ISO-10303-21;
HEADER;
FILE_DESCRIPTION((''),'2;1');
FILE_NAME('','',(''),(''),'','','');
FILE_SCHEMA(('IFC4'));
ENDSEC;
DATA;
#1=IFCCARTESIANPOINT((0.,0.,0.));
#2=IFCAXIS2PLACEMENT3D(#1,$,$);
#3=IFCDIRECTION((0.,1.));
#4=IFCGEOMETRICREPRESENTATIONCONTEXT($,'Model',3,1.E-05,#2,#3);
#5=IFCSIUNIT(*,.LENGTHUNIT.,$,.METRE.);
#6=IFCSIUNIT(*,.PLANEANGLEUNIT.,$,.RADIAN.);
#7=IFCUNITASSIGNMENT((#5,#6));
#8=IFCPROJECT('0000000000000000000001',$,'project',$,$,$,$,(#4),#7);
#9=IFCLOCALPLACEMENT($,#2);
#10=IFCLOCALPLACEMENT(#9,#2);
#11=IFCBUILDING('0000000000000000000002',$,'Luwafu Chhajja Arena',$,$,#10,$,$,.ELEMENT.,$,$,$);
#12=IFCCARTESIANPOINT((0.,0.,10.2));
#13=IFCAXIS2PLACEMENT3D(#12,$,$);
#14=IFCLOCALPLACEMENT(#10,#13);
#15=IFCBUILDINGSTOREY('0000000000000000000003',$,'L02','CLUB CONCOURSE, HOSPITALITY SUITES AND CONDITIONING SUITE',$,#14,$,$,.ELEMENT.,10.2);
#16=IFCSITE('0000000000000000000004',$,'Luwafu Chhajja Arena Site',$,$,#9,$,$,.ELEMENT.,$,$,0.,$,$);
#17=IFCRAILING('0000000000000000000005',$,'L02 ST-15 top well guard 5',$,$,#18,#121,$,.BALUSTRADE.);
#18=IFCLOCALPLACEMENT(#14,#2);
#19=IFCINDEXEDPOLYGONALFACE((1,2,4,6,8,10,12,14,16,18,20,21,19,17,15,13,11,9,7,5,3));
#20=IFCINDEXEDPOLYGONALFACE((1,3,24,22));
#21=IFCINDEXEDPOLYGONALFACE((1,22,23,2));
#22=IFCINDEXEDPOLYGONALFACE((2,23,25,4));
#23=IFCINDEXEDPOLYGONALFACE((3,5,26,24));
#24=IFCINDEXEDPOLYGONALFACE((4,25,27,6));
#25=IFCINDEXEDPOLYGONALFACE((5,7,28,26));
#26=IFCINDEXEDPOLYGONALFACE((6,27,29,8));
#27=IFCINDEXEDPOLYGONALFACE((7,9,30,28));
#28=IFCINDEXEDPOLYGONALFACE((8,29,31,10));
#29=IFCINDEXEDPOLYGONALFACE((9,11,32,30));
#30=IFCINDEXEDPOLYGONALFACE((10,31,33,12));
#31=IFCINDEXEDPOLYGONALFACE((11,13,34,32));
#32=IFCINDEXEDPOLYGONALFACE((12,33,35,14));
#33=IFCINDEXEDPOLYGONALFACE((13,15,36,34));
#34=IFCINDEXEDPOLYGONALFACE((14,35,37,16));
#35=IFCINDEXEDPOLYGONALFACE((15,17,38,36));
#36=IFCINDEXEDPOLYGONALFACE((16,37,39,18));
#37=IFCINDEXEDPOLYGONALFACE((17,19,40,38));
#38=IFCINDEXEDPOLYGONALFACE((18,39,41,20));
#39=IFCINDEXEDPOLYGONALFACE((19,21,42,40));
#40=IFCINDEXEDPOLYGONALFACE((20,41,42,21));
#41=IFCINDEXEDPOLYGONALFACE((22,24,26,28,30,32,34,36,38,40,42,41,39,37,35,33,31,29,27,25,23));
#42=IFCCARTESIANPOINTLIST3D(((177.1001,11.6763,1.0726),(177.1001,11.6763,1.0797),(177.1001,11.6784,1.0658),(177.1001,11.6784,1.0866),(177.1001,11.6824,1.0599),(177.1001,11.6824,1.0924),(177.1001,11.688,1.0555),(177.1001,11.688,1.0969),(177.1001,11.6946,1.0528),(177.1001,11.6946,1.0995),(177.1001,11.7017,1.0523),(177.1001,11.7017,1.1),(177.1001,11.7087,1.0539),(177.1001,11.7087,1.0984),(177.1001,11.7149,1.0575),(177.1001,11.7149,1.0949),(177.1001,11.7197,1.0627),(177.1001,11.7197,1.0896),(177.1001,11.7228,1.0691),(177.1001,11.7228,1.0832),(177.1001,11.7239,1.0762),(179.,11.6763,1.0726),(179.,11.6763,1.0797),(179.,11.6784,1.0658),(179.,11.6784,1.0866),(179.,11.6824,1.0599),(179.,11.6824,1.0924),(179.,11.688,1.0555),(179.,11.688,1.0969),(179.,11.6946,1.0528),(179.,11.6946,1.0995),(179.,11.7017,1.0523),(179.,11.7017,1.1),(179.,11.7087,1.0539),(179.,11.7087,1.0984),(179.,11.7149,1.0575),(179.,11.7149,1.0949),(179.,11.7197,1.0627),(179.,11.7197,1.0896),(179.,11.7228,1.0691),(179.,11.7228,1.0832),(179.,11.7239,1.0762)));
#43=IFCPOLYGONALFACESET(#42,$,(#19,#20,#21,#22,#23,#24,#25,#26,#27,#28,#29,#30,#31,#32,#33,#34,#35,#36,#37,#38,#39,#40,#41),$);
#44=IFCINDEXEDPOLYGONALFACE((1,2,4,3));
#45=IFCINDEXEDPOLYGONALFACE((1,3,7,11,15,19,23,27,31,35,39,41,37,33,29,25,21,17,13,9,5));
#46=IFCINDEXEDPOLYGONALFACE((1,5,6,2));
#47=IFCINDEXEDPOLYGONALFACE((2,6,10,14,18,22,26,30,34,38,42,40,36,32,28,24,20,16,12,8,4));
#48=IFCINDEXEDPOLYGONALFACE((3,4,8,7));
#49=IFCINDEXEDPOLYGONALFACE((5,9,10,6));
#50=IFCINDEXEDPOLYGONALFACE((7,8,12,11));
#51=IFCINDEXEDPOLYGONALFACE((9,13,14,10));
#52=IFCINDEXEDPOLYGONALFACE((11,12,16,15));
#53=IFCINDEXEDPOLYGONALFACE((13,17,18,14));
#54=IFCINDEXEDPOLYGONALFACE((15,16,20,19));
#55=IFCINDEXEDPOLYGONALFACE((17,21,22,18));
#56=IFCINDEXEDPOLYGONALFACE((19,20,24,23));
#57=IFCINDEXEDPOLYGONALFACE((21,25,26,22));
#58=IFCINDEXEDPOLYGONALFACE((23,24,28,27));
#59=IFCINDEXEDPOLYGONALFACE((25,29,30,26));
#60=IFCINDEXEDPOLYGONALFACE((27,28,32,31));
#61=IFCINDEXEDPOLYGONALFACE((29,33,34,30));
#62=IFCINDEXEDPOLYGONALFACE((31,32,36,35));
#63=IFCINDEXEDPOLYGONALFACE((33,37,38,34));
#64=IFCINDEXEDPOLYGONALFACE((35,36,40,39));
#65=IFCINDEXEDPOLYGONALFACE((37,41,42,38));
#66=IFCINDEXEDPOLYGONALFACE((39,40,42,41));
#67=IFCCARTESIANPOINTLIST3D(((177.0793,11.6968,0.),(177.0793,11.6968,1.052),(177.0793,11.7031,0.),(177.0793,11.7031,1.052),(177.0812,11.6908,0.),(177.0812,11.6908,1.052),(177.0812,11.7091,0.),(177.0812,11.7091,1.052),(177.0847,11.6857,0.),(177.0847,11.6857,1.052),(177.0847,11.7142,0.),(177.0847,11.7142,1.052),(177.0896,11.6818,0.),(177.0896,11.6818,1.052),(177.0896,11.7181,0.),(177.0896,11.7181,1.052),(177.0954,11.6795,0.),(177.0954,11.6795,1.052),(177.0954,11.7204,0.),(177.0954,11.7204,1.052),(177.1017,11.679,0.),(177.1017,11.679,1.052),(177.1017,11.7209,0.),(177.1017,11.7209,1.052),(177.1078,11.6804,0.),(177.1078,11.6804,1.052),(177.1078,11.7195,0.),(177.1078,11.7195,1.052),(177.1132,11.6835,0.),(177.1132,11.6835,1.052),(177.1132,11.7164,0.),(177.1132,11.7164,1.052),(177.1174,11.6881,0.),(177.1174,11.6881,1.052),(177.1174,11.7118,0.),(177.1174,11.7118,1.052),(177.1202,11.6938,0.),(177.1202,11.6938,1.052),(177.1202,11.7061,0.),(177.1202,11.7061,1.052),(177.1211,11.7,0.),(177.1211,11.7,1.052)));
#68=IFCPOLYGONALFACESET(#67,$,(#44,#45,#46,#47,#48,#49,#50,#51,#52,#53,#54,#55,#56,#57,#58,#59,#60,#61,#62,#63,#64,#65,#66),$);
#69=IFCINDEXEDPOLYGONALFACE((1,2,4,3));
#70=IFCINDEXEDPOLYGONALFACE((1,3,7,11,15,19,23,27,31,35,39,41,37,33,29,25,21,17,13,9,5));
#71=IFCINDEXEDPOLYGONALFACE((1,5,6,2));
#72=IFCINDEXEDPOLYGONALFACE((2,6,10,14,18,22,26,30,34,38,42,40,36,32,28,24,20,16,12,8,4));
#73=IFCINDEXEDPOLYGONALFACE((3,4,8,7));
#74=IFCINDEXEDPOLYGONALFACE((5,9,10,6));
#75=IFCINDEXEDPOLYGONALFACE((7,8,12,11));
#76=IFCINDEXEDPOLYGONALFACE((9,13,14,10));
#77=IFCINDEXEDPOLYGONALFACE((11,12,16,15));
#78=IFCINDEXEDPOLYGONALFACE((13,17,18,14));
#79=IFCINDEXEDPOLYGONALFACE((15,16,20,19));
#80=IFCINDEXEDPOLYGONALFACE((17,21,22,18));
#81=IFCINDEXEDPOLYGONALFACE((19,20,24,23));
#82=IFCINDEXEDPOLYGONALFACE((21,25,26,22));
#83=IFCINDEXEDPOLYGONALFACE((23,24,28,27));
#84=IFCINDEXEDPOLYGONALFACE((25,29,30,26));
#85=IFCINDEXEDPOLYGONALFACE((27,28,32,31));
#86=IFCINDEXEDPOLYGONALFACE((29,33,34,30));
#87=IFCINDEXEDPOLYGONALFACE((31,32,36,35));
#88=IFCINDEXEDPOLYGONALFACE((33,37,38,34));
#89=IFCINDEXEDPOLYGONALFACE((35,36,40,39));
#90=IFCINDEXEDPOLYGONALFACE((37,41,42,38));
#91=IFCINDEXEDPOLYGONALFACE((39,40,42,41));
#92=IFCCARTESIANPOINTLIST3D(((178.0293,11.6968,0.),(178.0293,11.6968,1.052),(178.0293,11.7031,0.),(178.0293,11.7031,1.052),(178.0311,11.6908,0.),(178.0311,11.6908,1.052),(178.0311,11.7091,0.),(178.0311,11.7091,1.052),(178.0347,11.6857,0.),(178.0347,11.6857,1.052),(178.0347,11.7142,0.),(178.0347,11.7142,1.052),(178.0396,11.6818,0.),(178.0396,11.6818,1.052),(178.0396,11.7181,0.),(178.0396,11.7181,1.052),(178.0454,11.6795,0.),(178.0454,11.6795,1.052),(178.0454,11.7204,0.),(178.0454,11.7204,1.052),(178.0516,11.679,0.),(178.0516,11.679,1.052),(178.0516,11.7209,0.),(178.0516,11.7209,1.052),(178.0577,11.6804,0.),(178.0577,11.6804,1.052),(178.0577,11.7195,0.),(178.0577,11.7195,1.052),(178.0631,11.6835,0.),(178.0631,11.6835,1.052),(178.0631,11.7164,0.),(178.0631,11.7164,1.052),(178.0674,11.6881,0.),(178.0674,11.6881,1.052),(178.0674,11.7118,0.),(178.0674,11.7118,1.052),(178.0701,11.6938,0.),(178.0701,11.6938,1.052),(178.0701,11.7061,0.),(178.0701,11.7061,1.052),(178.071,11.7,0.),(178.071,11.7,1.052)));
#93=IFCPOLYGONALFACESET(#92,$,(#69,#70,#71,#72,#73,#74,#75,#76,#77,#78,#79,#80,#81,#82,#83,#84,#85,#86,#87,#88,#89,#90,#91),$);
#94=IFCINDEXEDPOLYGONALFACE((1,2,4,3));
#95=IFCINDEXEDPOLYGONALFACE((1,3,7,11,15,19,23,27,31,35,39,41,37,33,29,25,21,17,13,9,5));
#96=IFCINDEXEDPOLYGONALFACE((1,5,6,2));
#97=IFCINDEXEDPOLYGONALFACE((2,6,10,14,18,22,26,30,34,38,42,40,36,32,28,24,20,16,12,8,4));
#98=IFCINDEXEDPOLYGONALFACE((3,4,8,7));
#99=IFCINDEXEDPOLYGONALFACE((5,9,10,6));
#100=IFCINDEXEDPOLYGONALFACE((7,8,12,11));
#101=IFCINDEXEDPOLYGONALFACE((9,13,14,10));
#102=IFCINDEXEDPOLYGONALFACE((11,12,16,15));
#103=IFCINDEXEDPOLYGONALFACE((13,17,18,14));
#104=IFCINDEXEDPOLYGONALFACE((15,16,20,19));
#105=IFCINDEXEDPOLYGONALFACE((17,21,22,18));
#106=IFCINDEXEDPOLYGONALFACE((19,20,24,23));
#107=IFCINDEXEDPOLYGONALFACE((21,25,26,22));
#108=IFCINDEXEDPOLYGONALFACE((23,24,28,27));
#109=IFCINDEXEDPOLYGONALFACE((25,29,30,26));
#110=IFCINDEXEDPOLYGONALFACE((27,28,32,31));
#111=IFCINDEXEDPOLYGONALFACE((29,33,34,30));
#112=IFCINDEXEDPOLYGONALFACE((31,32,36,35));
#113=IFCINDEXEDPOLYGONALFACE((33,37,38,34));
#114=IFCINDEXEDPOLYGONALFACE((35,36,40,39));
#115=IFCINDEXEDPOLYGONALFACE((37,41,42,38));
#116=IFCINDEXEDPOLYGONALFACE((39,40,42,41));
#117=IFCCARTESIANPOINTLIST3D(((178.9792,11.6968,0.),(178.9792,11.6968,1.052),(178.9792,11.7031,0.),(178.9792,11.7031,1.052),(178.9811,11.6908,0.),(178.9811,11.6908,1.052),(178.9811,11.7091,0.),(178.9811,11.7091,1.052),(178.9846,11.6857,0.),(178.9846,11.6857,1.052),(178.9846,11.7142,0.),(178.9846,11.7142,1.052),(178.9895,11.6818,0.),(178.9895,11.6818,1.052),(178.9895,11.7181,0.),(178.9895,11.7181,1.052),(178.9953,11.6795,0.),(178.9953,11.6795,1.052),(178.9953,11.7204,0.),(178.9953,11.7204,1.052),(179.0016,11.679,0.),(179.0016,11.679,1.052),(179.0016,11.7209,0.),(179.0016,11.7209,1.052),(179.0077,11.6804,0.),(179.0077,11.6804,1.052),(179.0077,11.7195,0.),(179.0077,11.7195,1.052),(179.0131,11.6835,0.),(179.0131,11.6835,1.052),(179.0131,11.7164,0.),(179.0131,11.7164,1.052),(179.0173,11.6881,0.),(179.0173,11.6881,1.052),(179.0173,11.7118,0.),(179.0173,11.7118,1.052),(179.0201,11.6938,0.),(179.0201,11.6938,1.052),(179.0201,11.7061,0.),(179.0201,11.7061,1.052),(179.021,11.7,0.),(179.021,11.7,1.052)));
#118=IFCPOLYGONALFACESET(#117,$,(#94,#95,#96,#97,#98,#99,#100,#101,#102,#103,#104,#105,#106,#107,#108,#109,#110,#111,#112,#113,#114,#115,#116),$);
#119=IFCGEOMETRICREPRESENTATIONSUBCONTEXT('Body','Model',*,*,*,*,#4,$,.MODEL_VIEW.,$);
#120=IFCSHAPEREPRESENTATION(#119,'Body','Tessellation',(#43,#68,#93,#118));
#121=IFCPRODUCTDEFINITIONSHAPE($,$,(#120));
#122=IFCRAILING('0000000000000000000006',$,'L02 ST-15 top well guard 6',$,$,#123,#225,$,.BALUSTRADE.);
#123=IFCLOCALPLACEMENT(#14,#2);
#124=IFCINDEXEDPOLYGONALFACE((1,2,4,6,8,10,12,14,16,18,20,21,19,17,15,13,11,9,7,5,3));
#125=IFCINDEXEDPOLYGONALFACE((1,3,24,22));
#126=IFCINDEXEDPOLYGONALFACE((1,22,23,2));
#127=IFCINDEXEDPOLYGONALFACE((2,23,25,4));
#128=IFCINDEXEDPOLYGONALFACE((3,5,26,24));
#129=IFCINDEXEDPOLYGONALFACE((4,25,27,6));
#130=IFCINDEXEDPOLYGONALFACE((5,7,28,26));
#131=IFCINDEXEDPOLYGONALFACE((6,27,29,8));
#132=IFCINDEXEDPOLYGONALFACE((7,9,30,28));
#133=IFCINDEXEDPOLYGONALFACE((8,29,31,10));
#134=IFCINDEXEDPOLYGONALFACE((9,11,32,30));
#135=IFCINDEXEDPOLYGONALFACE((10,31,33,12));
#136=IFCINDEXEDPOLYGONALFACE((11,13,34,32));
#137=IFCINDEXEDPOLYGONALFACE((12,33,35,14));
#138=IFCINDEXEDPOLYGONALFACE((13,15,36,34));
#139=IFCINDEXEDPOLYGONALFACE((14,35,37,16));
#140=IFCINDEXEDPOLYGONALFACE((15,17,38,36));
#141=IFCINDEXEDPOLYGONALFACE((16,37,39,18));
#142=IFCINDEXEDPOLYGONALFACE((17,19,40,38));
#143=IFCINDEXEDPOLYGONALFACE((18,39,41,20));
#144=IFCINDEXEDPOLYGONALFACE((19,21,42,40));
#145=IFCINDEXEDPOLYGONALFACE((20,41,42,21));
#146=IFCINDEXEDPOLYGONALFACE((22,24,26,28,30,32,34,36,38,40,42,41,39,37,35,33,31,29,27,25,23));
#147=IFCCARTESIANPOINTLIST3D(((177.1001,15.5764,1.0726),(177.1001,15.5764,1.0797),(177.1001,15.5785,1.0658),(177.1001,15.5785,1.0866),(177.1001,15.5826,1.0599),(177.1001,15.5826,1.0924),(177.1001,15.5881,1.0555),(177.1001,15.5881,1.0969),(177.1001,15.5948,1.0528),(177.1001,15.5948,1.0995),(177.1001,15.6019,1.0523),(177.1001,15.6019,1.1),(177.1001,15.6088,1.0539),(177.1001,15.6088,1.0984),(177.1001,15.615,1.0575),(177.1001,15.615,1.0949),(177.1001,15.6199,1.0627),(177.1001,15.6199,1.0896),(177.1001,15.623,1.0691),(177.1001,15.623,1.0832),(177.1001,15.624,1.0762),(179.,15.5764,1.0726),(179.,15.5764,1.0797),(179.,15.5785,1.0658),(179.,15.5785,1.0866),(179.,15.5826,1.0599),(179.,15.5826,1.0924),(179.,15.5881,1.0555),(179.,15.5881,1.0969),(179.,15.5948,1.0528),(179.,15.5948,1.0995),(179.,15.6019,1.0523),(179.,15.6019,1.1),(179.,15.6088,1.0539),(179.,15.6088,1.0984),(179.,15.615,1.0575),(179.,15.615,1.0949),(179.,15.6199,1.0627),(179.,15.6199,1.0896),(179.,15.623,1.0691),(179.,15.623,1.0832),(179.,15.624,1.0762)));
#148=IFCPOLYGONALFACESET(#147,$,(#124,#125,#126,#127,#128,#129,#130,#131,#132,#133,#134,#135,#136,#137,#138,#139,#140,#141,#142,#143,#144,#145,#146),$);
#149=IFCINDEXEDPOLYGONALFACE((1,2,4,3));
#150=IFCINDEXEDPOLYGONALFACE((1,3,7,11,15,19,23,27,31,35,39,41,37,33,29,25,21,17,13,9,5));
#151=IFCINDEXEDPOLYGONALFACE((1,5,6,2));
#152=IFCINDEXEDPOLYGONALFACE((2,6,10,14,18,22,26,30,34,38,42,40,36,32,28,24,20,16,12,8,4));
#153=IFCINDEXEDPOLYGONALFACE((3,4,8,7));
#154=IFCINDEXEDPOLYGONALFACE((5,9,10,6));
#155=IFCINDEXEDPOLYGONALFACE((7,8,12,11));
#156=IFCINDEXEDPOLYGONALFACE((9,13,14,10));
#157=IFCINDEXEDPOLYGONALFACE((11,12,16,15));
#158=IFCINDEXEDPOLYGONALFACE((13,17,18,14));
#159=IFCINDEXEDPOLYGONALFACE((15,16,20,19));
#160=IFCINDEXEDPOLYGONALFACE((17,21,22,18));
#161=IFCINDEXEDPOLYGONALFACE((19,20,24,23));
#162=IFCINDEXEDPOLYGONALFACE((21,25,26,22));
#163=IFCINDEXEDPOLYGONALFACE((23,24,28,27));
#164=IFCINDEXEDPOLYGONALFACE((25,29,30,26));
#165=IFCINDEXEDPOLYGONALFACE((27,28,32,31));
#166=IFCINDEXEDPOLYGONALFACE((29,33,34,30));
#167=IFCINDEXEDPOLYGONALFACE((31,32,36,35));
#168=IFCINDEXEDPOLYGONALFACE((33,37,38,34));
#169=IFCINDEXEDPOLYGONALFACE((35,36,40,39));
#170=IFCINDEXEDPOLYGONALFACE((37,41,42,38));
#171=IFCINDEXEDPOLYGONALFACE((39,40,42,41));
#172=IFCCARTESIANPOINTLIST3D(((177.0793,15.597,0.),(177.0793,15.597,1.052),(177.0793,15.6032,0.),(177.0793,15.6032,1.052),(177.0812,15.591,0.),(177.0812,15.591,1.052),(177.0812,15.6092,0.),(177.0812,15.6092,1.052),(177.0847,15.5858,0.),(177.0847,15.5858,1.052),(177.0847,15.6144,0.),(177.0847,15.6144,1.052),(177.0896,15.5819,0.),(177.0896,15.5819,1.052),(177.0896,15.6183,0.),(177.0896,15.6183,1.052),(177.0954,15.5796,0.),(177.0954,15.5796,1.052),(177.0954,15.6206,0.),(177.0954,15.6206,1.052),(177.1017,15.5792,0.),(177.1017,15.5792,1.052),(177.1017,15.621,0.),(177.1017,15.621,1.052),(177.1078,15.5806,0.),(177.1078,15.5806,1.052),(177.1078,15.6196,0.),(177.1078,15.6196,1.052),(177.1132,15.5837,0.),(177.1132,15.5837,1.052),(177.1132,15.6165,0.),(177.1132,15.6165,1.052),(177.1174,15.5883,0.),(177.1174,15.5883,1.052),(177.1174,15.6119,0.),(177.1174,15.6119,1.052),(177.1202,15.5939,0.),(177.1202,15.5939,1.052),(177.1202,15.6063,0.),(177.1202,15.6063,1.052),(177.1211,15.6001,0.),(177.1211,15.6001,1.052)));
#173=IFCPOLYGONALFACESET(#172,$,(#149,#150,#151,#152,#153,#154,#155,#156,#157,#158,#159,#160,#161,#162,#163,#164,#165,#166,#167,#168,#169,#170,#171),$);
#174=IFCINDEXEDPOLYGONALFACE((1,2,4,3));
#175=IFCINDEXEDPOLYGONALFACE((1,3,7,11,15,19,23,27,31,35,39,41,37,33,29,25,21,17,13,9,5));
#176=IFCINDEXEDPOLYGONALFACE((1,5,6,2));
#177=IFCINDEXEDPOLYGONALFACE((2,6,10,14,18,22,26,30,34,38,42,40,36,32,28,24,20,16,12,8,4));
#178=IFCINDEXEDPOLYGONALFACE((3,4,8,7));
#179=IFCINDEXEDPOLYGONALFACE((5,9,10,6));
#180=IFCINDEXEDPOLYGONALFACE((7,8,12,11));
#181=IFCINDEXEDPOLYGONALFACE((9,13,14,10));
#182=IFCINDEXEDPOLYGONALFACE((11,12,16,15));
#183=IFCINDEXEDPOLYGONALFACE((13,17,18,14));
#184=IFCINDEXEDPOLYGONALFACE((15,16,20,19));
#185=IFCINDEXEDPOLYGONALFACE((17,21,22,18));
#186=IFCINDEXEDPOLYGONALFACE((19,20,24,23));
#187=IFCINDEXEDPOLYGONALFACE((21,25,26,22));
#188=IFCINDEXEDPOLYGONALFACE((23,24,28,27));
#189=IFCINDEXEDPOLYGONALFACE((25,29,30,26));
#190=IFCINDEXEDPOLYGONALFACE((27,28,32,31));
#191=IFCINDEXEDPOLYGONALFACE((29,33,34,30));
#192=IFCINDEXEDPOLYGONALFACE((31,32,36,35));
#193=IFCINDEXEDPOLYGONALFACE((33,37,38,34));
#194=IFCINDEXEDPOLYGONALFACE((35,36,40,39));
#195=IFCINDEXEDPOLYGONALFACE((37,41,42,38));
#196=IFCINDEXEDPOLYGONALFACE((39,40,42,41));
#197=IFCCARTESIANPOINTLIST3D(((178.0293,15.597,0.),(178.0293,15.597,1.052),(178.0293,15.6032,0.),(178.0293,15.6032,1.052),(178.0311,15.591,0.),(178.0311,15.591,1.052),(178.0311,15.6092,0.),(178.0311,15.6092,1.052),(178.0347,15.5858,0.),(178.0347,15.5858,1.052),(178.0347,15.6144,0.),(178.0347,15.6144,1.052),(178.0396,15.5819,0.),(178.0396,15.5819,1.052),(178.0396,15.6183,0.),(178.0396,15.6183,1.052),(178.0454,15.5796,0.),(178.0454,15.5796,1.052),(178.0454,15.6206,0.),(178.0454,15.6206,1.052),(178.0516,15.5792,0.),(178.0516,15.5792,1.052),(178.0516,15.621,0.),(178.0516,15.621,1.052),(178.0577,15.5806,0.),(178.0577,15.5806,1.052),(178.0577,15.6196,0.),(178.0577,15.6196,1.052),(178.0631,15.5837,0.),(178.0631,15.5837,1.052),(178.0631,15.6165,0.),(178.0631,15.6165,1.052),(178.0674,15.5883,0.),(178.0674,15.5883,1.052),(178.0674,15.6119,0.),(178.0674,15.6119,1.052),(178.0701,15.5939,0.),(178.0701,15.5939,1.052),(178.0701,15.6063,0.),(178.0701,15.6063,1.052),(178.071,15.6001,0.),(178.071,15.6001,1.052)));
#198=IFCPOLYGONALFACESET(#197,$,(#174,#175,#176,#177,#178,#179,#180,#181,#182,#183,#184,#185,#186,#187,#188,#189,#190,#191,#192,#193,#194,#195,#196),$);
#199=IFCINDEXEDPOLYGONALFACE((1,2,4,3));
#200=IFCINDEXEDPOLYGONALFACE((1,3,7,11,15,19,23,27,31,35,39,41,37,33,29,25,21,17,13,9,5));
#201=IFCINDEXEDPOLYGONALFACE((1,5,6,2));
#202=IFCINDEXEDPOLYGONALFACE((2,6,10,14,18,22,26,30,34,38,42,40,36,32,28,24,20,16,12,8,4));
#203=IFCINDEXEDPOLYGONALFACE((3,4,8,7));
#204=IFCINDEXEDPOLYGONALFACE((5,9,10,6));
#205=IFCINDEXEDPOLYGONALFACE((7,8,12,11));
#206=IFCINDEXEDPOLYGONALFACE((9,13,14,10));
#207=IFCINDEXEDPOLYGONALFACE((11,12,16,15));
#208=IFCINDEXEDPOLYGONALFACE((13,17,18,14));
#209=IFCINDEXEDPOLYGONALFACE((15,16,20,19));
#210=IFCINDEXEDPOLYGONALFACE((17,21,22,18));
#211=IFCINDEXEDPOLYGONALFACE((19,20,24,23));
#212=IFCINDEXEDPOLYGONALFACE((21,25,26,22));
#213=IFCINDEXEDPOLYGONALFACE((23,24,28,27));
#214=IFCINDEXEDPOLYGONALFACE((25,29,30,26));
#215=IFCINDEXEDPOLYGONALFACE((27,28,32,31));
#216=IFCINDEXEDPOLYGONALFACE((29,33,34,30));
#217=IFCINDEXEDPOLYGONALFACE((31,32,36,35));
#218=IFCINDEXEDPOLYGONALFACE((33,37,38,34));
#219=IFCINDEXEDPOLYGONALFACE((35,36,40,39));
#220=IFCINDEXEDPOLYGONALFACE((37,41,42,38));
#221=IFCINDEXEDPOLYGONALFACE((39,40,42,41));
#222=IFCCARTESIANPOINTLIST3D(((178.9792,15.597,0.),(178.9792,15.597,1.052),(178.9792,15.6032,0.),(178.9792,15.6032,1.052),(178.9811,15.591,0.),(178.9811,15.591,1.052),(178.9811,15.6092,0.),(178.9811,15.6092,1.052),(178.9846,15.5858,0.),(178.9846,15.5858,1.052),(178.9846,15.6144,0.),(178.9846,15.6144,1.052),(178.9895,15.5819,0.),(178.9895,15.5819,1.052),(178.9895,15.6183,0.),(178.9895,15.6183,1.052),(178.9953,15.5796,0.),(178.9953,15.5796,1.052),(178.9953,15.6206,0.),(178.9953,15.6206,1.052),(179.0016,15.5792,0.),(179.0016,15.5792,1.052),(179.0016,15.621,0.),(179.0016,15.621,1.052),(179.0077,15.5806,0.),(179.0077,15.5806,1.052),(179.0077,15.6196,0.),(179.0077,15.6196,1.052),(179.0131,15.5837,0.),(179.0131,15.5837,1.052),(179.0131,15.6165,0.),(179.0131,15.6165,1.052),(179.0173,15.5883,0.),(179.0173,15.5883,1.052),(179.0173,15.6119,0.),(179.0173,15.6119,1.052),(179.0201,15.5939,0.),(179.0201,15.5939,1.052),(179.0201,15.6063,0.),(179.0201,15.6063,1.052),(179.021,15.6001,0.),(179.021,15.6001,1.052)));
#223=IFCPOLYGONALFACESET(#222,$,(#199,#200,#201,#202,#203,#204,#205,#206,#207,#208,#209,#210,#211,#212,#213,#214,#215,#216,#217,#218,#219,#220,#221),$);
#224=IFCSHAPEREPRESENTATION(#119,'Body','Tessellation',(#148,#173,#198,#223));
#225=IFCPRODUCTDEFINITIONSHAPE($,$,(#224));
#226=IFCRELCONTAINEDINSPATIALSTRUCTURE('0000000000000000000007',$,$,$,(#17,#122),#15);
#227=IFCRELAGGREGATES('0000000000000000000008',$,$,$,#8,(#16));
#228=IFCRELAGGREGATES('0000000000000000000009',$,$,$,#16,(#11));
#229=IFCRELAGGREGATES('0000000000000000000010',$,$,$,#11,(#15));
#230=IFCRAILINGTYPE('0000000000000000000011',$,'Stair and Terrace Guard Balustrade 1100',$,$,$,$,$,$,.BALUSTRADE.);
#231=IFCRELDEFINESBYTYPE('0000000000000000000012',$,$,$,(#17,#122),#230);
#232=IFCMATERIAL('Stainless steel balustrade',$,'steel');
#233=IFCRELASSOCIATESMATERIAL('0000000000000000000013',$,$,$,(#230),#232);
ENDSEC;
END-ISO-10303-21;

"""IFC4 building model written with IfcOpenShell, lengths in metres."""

from ifc_helpers import new_model, si_unit, direction, frame, origin, origin_2d, place, context, subcontext, project, spatial, circle, extrude, material, type_object, element, save


model = new_model("IFC4")

# Units and contexts
model_context = context("Model", 3, precision=1e-05, world=origin(), true_north=direction((0.0, 1.0)))
body_context = subcontext(model_context, "Body", "Model", "MODEL_VIEW")
ifc_project = project(units=[si_unit("LENGTHUNIT", "METRE"), si_unit("PLANEANGLEUNIT", "RADIAN")], contexts=[model_context])

# Site, building, storey
site_placement = place(None, origin())
site = spatial("IfcSite", under=ifc_project, at=site_placement, Name="Luwafu Chhajja Arena Site", CompositionType="ELEMENT", RefElevation=0.0)
building_placement = place(site_placement, origin())
building = spatial("IfcBuilding", under=site, at=building_placement, Name="Luwafu Chhajja Arena", CompositionType="ELEMENT")
storey_placement = place(building_placement, frame((0.0, 0.0, 10.2)))
storey = spatial("IfcBuildingStorey", under=building, at=storey_placement, Name="L02", Description="CLUB CONCOURSE, HOSPITALITY SUITES AND CONDITIONING SUITE", CompositionType="ELEMENT", Elevation=10.2)

# Railings
ifc_material_1 = material(Name="Stainless steel balustrade", Category="steel")
railing_type = type_object("IfcRailingType", Name="Stair and Terrace Guard Balustrade 1100", PredefinedType="BALUSTRADE", material=ifc_material_1)
for number, where, name in (
    (1, (177.1001, 11.7, 0.0), "L02 ST-15 top well guard 5"),
    (2, (177.1001, 15.6001, 0.0), "L02 ST-15 top well guard 6"),
):
    element("IfcRailing", number, at=place(storey_placement, frame(where)), inside=storey, type_object=railing_type, Name=name, PredefinedType="BALUSTRADE", context=body_context, shape_type="SweptSolid", body=[
        extrude(circle(Radius=0.0239, at=origin_2d()), frame((0.0, 0.0, 1.0762), z_axis=(1.0, 0.0, 0.0), x_axis=(0.0, 1.0, 0.0)), (0.0, 0.0, 1.0), 1.8999),
        extrude(circle(Radius=0.021, at=origin_2d()), origin(), (0.0, 0.0, 1.0), 1.052),
        extrude(circle(Radius=0.021, at=origin_2d()), frame((0.95, 0.0, 0.0)), (0.0, 0.0, 1.0), 1.052),
        extrude(circle(Radius=0.021, at=origin_2d()), frame((1.8999, 0.0, 0.0)), (0.0, 0.0, 1.0), 1.052),
    ])

save(model, "model.ifc")
